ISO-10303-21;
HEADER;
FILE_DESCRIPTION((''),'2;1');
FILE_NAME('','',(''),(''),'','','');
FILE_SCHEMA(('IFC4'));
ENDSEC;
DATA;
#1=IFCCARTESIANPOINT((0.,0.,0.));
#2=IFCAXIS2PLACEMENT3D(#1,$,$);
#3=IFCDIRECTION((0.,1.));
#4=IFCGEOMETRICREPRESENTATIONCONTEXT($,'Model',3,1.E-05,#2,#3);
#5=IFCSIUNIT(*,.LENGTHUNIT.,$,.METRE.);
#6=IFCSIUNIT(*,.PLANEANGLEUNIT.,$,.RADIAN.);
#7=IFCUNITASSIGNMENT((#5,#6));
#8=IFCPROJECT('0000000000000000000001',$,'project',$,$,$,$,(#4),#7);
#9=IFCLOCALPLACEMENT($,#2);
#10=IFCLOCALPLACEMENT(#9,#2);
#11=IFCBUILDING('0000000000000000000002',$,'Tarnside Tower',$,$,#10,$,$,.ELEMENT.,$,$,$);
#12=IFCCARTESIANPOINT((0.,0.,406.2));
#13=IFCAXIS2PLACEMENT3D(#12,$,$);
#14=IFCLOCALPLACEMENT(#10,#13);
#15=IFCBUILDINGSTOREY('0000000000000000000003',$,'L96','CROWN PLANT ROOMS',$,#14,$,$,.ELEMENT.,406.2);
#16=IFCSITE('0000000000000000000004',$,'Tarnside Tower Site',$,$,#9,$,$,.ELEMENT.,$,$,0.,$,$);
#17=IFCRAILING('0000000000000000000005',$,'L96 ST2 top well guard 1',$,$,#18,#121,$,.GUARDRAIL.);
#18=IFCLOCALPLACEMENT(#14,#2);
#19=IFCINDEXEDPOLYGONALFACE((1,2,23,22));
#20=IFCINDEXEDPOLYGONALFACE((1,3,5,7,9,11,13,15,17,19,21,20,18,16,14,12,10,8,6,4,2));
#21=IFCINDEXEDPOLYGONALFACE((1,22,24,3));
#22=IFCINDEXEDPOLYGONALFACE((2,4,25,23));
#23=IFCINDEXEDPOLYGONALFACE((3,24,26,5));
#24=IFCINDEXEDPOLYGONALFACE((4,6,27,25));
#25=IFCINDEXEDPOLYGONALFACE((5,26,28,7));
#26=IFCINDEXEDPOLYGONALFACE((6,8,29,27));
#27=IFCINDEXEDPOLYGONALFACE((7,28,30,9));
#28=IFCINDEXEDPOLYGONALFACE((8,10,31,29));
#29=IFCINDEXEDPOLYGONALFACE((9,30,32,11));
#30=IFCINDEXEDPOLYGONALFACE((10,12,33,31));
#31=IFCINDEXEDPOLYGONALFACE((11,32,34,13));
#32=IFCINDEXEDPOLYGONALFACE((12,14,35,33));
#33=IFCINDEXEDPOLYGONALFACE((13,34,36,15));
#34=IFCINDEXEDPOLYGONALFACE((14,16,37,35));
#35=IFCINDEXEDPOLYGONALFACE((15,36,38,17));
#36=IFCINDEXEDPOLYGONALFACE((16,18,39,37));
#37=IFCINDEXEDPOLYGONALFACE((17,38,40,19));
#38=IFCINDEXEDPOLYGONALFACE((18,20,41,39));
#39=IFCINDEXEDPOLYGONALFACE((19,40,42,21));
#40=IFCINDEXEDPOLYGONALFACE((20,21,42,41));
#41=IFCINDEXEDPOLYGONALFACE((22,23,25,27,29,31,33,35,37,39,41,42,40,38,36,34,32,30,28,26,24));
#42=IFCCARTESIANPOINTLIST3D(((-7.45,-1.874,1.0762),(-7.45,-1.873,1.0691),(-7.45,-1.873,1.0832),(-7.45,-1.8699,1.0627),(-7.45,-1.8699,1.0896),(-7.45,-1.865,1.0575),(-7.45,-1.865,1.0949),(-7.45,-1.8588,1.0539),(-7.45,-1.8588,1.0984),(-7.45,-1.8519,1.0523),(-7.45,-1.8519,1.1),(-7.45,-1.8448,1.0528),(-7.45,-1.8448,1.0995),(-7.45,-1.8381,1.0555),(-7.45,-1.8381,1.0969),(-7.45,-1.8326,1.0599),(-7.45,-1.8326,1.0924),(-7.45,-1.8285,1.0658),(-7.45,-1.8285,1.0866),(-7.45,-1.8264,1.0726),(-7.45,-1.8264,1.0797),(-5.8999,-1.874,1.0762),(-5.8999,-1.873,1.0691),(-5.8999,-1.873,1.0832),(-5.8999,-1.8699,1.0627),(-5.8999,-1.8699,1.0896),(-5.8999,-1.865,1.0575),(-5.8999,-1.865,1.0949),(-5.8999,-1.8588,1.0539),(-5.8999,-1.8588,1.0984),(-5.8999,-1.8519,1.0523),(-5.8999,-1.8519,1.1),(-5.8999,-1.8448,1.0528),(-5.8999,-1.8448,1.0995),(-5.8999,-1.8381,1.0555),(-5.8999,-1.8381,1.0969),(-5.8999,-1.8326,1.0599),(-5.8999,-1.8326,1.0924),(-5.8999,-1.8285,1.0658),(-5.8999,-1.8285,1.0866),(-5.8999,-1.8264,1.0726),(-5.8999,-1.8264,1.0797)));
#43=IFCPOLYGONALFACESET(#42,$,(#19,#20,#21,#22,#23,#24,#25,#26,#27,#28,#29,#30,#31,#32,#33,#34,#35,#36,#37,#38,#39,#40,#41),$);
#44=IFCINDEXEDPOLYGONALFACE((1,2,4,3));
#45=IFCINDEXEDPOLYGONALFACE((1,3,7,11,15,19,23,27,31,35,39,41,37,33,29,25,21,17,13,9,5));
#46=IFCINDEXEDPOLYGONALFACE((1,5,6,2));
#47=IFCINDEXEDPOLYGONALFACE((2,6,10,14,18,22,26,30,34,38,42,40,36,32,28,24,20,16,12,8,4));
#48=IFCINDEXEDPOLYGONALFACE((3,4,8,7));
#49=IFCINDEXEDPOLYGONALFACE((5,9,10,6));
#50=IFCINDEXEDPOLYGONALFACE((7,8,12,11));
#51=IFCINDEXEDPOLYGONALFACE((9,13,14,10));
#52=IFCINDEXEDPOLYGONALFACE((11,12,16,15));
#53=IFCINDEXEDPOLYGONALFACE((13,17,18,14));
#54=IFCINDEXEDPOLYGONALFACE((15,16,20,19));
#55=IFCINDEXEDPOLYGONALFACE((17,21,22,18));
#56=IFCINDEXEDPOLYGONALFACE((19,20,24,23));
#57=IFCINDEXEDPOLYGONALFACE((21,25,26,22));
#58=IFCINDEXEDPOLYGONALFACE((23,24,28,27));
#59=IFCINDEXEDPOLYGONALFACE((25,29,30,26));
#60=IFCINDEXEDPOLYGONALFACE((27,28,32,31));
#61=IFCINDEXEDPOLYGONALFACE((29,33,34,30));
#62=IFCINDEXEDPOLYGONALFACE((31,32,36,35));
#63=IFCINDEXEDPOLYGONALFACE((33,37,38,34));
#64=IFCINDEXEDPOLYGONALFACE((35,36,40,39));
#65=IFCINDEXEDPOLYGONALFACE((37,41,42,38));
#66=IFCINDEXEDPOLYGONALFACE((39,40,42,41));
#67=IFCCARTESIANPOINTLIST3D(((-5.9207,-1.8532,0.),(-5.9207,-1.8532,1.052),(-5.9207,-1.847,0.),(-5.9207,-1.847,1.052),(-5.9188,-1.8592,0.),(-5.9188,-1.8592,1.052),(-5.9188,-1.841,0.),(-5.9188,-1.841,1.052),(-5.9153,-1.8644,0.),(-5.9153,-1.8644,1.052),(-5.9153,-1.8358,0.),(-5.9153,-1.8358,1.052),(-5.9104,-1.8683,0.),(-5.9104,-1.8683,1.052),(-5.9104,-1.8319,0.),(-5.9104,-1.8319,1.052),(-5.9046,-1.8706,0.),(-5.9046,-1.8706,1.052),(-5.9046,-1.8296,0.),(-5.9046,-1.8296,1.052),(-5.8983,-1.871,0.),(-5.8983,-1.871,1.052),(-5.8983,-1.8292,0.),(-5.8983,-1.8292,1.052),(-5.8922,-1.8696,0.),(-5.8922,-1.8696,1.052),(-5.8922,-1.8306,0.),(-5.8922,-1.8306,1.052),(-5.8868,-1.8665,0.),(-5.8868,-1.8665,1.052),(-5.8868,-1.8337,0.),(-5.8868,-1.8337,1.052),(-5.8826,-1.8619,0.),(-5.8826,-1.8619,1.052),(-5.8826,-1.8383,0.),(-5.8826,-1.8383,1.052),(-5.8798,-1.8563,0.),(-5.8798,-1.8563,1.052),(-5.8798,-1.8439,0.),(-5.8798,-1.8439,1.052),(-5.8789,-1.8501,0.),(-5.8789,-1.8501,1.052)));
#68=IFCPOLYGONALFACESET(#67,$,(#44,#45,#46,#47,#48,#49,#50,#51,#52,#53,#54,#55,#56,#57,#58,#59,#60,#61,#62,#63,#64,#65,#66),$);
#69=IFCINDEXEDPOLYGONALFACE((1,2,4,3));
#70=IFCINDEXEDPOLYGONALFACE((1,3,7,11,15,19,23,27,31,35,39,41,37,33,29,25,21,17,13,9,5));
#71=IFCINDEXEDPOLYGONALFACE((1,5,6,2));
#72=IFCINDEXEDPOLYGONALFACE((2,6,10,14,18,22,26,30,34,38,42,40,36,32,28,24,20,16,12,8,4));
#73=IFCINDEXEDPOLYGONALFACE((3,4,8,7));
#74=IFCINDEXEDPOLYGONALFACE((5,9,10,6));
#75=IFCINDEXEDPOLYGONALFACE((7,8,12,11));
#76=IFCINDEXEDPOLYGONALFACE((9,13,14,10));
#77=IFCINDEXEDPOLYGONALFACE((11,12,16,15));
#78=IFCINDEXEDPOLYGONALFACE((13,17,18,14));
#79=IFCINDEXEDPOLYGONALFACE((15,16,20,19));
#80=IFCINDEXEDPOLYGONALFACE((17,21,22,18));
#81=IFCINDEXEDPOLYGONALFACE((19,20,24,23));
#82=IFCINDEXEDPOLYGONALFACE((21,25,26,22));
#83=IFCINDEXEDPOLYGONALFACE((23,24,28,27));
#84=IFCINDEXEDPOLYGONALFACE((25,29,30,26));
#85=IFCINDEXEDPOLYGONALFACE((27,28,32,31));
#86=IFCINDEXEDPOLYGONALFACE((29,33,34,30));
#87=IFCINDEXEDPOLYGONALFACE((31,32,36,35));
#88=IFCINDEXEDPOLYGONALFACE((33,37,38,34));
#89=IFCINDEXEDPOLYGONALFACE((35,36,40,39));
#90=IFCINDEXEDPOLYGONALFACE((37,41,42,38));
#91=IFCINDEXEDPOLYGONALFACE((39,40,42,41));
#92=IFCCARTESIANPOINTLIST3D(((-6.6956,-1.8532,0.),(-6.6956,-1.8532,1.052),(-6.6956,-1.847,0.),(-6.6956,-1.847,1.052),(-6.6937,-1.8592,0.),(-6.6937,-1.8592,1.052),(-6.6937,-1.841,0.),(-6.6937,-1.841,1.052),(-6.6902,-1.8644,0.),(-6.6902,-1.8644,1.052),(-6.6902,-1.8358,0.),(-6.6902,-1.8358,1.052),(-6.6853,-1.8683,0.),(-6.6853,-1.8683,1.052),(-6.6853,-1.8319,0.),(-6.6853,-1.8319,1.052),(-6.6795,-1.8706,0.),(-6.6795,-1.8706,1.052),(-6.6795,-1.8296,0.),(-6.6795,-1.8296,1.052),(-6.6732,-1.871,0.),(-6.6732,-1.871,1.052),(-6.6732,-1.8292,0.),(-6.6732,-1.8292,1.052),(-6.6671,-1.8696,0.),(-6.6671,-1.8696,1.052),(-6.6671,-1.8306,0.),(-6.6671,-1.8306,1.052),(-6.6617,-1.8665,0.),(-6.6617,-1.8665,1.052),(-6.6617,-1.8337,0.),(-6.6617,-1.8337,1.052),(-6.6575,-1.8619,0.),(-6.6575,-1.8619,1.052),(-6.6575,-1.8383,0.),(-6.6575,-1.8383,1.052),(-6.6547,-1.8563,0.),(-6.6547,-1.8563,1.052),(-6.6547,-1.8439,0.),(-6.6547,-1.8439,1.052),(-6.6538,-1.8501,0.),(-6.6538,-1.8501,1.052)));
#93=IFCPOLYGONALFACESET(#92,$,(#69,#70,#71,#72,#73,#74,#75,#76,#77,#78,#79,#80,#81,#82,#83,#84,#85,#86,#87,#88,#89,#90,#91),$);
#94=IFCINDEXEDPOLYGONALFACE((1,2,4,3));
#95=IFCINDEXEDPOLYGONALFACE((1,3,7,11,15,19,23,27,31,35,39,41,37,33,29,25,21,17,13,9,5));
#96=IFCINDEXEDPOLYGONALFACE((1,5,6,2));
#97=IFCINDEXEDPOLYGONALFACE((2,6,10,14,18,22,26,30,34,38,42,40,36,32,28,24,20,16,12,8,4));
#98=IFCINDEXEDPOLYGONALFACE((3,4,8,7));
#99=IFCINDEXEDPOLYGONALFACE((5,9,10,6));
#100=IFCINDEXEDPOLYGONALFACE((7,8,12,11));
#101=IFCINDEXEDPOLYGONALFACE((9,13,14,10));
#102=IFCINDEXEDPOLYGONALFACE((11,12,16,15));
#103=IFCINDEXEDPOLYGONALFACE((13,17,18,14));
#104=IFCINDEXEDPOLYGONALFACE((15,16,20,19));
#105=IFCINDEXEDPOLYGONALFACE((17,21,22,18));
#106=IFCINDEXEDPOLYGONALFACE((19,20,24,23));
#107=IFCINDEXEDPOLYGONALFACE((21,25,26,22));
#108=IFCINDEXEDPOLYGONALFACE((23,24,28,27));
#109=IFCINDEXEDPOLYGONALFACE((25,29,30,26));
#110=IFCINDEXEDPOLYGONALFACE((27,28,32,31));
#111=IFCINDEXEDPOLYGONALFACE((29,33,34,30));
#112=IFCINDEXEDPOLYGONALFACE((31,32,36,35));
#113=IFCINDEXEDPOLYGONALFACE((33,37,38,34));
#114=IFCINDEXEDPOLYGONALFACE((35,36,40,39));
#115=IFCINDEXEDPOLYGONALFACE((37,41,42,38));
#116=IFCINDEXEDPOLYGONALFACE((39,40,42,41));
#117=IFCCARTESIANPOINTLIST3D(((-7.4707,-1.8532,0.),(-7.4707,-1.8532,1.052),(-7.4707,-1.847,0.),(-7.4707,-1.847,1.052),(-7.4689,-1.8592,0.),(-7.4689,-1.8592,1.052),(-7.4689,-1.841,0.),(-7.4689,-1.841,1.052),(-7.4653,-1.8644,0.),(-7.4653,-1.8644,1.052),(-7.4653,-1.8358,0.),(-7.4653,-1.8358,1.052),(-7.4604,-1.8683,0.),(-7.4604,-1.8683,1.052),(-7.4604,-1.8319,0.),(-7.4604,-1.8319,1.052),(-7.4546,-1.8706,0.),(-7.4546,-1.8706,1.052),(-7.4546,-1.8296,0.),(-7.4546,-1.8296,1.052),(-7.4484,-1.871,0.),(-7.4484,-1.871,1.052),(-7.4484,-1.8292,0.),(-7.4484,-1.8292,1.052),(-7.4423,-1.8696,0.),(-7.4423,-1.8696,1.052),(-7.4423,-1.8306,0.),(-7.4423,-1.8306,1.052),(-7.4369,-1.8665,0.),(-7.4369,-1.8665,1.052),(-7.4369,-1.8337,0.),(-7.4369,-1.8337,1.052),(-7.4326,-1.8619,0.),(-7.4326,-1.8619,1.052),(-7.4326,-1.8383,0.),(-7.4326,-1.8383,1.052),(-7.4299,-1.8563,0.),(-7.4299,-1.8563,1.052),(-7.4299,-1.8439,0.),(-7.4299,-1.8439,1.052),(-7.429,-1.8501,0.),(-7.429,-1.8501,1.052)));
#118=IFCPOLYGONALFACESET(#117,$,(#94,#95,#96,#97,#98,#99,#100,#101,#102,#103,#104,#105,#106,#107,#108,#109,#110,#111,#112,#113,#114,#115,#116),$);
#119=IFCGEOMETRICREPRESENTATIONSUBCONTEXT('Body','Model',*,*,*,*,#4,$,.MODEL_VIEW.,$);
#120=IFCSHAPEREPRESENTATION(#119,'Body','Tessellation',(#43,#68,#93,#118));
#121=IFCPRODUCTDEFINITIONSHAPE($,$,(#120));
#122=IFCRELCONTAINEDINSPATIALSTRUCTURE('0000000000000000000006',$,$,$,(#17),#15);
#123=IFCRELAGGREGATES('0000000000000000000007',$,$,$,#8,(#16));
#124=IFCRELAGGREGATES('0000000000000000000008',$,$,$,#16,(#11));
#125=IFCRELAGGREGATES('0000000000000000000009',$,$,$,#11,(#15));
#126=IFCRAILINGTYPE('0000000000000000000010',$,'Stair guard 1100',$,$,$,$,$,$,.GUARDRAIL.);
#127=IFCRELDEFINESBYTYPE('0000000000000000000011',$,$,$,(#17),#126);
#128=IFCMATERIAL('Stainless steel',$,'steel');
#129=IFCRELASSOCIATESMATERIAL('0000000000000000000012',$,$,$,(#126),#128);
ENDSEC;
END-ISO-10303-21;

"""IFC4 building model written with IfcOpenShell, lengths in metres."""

from ifc_helpers import new_model, si_unit, direction, frame, origin, origin_2d, place, context, subcontext, project, spatial, circle, extrude, material, type_object, element, save


model = new_model("IFC4")

# Units and contexts
model_context = context("Model", 3, precision=1e-05, world=origin(), true_north=direction((0.0, 1.0)))
body_context = subcontext(model_context, "Body", "Model", "MODEL_VIEW")
ifc_project = project(units=[si_unit("LENGTHUNIT", "METRE"), si_unit("PLANEANGLEUNIT", "RADIAN")], contexts=[model_context])

# Site, building, storey
site_placement = place(None, origin())
site = spatial("IfcSite", under=ifc_project, at=site_placement, Name="Tarnside Tower Site", CompositionType="ELEMENT", RefElevation=0.0)
building_placement = place(site_placement, origin())
building = spatial("IfcBuilding", under=site, at=building_placement, Name="Tarnside Tower", CompositionType="ELEMENT")
storey_placement = place(building_placement, frame((0.0, 0.0, 406.2)))
storey = spatial("IfcBuildingStorey", under=building, at=storey_placement, Name="L96", Description="CROWN PLANT ROOMS", CompositionType="ELEMENT", Elevation=406.2)

# Railing
ifc_material_1 = material(Name="Stainless steel", Category="steel")
railing_type = type_object("IfcRailingType", Name="Stair guard 1100", PredefinedType="GUARDRAIL", material=ifc_material_1)
railing_placement = place(storey_placement, frame((-5.8999, -1.8501, 0.0)))
element("IfcRailing", 1, at=railing_placement, inside=storey, type_object=railing_type, Name="L96 ST2 top well guard 1", PredefinedType="GUARDRAIL", context=body_context, shape_type="SweptSolid", body=[
    extrude(circle(Radius=0.0239, at=origin_2d()), frame((0.0, 0.0, 1.0762), z_axis=(-1.0, 0.0, 0.0), x_axis=(0.0, -1.0, 0.0)), (0.0, 0.0, 1.0), 1.55),
    extrude(circle(Radius=0.021, at=origin_2d()), origin(), (0.0, 0.0, 1.0), 1.052),
    extrude(circle(Radius=0.021, at=origin_2d()), frame((-0.7749, 0.0, 0.0)), (0.0, 0.0, 1.0), 1.052),
    extrude(circle(Radius=0.021, at=origin_2d()), frame((-1.55, 0.0, 0.0)), (0.0, 0.0, 1.0), 1.052),
])

save(model, "model.ifc")
